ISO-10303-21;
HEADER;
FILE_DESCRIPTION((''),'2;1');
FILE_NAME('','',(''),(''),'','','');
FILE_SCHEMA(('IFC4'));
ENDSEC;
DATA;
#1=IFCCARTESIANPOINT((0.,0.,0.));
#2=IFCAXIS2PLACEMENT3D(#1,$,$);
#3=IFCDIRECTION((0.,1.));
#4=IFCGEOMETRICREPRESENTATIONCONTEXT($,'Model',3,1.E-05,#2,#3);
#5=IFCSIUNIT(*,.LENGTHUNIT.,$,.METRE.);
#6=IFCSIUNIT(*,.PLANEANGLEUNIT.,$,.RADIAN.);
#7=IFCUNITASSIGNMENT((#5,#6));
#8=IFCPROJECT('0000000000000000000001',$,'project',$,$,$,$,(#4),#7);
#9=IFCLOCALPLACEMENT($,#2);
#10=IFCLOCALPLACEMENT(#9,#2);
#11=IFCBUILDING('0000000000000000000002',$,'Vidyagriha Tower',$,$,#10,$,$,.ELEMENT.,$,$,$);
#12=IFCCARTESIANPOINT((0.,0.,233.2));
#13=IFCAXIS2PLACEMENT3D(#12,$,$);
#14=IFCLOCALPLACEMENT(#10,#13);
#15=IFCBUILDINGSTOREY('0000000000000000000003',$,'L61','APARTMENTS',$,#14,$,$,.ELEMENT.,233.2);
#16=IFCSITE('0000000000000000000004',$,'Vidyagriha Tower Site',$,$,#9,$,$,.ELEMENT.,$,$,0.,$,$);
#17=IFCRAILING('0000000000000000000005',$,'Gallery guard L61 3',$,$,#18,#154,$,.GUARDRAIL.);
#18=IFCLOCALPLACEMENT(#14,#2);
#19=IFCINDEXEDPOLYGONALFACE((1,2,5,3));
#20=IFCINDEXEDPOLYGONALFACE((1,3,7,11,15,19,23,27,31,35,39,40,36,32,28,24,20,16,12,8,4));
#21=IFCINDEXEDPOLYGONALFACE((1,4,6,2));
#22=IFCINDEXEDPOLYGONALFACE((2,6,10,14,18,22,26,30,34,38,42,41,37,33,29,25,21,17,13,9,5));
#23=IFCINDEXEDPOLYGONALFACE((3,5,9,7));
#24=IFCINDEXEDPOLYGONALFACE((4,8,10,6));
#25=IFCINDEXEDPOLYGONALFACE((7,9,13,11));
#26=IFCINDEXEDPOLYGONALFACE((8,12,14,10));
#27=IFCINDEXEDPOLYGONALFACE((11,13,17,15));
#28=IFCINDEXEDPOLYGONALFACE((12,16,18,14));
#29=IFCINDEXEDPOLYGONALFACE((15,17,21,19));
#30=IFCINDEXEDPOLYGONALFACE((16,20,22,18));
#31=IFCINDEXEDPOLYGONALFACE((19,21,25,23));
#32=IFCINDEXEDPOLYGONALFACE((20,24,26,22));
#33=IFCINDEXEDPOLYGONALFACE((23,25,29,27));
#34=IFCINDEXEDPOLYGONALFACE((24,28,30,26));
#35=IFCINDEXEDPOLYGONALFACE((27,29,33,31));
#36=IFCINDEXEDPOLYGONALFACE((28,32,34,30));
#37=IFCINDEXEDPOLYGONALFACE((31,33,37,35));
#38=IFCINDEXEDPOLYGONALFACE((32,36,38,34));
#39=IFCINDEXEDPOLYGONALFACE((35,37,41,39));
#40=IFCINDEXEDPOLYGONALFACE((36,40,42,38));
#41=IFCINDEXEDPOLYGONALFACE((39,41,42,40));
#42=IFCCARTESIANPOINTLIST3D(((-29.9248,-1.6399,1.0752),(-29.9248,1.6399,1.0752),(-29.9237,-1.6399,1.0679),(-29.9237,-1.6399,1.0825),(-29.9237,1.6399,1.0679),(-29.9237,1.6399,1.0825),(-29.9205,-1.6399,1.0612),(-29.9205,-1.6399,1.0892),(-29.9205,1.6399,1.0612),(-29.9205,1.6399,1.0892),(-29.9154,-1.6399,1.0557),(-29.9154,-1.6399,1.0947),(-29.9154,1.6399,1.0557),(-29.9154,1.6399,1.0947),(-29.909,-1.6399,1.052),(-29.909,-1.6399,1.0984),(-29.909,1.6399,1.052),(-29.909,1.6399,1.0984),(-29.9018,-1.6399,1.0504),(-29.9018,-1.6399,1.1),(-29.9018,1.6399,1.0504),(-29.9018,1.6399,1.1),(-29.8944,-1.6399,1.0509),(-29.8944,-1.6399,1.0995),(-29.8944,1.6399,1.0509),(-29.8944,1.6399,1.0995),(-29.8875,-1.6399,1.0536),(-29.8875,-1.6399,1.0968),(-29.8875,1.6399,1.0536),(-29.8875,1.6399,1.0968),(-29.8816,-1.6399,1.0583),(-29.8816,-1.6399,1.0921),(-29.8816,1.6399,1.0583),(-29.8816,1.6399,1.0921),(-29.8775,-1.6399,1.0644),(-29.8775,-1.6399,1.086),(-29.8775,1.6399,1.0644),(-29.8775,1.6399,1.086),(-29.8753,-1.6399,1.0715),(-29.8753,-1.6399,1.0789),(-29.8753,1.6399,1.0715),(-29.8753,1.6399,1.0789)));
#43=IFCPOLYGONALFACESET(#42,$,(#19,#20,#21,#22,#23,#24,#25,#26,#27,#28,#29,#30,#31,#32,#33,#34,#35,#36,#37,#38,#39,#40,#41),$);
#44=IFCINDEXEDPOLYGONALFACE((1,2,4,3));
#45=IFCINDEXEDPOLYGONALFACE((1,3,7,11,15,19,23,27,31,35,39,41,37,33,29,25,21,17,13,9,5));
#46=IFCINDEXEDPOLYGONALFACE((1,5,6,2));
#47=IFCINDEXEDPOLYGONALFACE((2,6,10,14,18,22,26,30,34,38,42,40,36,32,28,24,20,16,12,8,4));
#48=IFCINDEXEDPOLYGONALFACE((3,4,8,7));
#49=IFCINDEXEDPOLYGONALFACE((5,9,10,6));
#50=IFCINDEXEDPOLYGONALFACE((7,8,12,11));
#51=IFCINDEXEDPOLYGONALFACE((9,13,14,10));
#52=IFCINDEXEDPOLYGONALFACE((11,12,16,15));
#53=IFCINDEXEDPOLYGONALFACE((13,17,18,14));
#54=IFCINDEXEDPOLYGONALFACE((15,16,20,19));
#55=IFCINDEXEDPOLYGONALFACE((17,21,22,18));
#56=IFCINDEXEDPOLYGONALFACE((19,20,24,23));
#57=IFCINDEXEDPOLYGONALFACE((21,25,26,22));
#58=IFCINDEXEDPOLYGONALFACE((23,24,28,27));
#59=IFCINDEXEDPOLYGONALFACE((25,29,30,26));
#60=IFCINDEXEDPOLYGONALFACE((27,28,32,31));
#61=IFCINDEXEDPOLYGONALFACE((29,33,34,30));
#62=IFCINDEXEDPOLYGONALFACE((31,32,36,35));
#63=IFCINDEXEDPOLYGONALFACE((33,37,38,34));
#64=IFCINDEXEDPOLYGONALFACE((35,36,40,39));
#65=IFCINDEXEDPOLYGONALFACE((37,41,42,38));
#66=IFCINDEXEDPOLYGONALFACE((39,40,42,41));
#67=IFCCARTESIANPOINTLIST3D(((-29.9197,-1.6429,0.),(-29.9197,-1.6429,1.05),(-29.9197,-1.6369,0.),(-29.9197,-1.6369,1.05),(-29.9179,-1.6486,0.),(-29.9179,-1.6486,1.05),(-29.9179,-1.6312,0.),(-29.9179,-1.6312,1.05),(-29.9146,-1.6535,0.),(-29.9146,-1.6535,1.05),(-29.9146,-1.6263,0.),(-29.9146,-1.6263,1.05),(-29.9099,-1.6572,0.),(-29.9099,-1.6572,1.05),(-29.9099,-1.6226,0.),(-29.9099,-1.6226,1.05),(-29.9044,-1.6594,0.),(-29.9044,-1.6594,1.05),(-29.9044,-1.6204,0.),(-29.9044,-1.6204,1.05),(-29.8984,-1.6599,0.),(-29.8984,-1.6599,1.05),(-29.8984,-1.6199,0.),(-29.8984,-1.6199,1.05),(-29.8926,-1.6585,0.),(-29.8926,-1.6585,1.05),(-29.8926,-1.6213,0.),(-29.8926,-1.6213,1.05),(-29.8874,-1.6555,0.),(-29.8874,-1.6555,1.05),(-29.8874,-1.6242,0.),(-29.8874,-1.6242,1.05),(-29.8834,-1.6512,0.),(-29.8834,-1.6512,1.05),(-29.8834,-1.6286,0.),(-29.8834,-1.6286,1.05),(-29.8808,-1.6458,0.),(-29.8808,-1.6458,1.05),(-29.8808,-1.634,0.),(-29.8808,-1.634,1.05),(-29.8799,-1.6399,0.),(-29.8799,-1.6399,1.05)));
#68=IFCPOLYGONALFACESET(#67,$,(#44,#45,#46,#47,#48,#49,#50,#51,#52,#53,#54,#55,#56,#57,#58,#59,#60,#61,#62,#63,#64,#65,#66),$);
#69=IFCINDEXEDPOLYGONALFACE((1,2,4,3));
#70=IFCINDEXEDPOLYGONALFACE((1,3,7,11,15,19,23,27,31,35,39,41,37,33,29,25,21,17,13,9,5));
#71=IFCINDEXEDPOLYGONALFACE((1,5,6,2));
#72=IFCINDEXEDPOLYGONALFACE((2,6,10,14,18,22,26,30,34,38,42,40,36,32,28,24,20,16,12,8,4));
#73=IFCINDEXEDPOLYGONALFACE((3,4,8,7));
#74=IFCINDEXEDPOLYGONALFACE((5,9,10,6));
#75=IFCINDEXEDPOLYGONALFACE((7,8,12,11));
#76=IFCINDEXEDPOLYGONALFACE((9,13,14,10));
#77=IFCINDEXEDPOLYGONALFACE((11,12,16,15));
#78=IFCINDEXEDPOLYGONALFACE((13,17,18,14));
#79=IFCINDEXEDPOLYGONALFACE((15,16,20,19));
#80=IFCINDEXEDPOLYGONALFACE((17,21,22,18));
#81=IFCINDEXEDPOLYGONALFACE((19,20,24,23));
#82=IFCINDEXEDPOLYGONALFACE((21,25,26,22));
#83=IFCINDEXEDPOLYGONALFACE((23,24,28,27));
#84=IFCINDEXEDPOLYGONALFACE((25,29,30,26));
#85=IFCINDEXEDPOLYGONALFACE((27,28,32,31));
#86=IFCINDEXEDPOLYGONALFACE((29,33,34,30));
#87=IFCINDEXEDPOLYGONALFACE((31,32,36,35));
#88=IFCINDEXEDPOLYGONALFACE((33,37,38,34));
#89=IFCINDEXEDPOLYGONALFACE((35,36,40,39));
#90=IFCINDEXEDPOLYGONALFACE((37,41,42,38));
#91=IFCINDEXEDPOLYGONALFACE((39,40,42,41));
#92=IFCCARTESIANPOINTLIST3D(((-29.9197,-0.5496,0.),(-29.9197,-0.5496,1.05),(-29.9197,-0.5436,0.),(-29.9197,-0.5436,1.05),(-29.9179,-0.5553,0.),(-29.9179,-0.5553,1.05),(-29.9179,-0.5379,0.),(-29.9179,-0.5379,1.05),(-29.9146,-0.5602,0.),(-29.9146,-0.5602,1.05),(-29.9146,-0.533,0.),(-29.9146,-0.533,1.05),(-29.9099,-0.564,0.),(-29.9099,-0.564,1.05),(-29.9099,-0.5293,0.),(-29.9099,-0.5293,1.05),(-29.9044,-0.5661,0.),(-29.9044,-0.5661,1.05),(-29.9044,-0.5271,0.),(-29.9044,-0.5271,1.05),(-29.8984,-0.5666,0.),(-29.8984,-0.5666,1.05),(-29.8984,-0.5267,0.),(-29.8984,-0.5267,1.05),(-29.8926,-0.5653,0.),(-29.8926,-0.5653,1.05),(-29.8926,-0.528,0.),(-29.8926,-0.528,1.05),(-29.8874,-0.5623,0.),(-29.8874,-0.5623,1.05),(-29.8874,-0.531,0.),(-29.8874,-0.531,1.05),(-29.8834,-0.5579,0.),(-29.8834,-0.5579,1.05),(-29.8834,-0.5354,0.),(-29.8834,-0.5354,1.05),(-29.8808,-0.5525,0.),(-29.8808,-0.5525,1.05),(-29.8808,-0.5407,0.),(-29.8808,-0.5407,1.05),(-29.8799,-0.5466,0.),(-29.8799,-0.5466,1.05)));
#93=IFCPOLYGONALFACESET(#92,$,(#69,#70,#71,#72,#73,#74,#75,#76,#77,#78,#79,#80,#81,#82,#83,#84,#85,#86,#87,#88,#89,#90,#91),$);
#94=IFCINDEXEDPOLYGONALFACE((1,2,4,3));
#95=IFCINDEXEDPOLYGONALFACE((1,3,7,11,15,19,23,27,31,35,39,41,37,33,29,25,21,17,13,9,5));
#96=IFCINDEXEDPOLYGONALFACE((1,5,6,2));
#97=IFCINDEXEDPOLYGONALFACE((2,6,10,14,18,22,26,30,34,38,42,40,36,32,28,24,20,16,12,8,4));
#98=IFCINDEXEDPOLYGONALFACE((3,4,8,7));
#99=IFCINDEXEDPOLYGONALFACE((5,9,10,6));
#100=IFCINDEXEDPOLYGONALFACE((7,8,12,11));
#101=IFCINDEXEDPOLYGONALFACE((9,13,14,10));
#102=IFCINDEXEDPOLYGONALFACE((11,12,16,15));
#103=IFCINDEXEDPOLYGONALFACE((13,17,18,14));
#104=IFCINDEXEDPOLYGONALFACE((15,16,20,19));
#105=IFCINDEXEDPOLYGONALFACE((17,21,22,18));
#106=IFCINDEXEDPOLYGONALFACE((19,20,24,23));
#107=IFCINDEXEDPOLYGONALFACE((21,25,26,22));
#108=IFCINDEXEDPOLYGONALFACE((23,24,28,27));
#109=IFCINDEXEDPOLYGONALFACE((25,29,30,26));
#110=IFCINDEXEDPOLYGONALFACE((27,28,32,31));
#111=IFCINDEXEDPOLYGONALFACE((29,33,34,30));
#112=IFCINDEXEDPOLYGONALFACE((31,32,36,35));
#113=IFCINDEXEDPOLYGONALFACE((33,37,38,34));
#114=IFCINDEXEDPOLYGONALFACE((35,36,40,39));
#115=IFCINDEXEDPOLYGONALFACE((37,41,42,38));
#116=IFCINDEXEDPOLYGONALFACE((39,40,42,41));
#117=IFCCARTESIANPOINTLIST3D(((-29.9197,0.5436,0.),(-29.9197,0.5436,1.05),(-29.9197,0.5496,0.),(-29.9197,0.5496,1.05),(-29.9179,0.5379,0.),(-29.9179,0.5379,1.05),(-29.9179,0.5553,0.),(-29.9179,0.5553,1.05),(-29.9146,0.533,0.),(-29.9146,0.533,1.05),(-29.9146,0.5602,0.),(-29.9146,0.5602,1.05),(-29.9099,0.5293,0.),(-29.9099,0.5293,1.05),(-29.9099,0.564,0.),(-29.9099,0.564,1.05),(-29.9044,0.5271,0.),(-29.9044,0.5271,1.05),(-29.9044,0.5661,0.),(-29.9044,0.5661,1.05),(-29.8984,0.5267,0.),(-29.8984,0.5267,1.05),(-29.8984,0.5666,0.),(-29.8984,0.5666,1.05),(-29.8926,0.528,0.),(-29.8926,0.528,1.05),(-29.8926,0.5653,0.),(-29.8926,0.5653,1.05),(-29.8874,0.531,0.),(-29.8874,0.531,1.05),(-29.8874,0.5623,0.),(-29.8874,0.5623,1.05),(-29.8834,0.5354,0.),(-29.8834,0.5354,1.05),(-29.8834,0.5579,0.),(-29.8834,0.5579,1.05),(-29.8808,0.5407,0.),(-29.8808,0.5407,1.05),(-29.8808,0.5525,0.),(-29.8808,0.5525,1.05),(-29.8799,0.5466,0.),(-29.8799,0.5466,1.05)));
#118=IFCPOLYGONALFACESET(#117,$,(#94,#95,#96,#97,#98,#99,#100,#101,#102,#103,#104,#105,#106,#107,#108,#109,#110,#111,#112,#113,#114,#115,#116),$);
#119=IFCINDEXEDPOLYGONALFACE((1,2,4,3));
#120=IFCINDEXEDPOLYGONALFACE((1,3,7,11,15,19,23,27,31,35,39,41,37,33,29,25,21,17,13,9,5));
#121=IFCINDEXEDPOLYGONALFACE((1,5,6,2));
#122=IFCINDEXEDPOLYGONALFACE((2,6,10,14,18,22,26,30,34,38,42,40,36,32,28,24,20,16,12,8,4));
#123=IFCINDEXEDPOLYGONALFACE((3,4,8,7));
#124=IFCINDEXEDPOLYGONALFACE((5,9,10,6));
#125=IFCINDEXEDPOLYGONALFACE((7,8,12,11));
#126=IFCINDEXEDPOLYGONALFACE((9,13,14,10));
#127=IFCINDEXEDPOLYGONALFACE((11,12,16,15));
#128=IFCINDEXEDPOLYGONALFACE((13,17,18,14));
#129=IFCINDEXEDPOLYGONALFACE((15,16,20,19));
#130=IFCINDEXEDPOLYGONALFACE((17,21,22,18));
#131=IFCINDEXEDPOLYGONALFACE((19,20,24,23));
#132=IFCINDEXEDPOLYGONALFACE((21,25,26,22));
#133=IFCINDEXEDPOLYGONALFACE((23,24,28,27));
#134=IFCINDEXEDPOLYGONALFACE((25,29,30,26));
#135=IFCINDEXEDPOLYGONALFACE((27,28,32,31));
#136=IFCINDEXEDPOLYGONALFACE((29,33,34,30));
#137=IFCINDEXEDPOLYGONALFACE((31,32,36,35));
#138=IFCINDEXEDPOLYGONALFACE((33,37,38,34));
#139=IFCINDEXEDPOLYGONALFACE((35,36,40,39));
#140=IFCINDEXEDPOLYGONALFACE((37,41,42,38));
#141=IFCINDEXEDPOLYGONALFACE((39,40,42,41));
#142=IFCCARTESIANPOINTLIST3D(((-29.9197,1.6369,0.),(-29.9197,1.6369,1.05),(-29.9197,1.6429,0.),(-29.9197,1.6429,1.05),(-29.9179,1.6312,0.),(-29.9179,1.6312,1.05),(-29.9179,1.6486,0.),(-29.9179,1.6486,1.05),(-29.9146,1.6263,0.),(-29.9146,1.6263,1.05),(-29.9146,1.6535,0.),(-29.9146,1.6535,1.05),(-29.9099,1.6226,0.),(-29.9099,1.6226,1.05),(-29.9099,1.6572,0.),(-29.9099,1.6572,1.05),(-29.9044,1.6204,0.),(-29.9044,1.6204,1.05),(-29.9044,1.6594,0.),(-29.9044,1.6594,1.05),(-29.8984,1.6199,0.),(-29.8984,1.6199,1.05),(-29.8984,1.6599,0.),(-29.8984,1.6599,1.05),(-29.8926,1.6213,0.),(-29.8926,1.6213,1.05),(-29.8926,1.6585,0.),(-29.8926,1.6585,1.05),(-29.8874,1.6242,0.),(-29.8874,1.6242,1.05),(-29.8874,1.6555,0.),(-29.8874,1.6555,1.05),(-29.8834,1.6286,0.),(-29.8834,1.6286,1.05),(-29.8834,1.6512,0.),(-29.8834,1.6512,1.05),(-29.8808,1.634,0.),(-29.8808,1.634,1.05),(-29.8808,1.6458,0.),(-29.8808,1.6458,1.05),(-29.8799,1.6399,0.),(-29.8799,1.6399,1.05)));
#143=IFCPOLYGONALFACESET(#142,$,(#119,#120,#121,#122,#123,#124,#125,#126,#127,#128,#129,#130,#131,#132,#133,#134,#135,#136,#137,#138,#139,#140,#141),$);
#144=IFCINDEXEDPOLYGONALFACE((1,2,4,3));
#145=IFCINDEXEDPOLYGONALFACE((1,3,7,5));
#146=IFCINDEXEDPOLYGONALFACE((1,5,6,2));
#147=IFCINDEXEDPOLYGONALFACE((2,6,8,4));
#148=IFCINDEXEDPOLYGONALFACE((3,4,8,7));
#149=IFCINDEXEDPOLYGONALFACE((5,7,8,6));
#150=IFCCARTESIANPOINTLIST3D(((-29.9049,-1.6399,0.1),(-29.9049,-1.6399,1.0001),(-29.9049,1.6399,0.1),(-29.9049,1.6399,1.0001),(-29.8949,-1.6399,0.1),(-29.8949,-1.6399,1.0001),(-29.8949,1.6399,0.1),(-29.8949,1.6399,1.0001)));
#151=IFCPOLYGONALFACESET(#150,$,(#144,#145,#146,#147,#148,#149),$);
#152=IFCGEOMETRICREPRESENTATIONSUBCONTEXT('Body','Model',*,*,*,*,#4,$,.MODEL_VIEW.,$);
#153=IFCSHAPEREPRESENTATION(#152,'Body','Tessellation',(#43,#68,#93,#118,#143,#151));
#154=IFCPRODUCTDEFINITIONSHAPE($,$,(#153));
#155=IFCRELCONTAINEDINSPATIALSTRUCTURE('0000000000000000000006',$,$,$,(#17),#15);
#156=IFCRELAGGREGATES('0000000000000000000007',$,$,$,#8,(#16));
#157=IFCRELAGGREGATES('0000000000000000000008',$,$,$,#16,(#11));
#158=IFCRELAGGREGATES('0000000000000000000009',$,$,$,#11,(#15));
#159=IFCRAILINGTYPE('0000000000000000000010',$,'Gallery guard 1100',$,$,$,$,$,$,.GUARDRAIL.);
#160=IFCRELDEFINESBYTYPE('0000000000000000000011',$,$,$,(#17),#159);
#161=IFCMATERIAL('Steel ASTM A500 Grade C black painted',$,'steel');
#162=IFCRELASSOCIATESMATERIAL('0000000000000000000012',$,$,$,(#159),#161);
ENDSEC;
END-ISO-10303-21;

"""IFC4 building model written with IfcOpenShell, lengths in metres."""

from ifc_helpers import new_model, si_unit, direction, frame, origin, origin_2d, place, context, subcontext, project, spatial, rectangle, circle, extrude, material, type_object, element, save


model = new_model("IFC4")

# Units and contexts
model_context = context("Model", 3, precision=1e-05, world=origin(), true_north=direction((0.0, 1.0)))
body_context = subcontext(model_context, "Body", "Model", "MODEL_VIEW")
ifc_project = project(units=[si_unit("LENGTHUNIT", "METRE"), si_unit("PLANEANGLEUNIT", "RADIAN")], contexts=[model_context])

# Site, building, storey
site_placement = place(None, origin())
site = spatial("IfcSite", under=ifc_project, at=site_placement, Name="Vidyagriha Tower Site", CompositionType="ELEMENT", RefElevation=0.0)
building_placement = place(site_placement, origin())
building = spatial("IfcBuilding", under=site, at=building_placement, Name="Vidyagriha Tower", CompositionType="ELEMENT")
storey_placement = place(building_placement, frame((0.0, 0.0, 233.2)))
storey = spatial("IfcBuildingStorey", under=building, at=storey_placement, Name="L61", Description="APARTMENTS", CompositionType="ELEMENT", Elevation=233.2)

# Railing
ifc_material_1 = material(Name="Steel ASTM A500 Grade C black painted", Category="steel")
railing_type_1 = type_object("IfcRailingType", Name="Gallery guard 1100", PredefinedType="GUARDRAIL", material=ifc_material_1)
railing_1_placement = place(storey_placement, frame((-29.8999, -1.6399, 0.0)))
element("IfcRailing", 1, at=railing_1_placement, inside=storey, type_object=railing_type_1, Name="Gallery guard L61 3", PredefinedType="GUARDRAIL", context=body_context, shape_type="SweptSolid", body=[
    extrude(circle(Radius=0.0249, at=origin_2d()), frame((0.0, 0.0, 1.0752), z_axis=(0.0, 1.0, 0.0), x_axis=(-1.0, 0.0, 0.0)), (0.0, 0.0, 1.0), 3.2798),
    extrude(circle(Radius=0.02, at=origin_2d()), origin(), (0.0, 0.0, 1.0), 1.05),
    extrude(circle(Radius=0.02, at=origin_2d()), frame((0.0, 1.0933, 0.0)), (0.0, 0.0, 1.0), 1.05),
    extrude(circle(Radius=0.02, at=origin_2d()), frame((0.0, 2.1865, 0.0)), (0.0, 0.0, 1.0), 1.05),
    extrude(circle(Radius=0.02, at=origin_2d()), frame((0.0, 3.2798, 0.0)), (0.0, 0.0, 1.0), 1.05),
    extrude(rectangle(XDim=0.01, YDim=0.9001, at=origin_2d()), frame((0.0, 0.0, 0.55), z_axis=(0.0, 1.0, 0.0), x_axis=(-1.0, 0.0, 0.0)), (0.0, 0.0, 1.0), 3.2798),
])

save(model, "model.ifc")
